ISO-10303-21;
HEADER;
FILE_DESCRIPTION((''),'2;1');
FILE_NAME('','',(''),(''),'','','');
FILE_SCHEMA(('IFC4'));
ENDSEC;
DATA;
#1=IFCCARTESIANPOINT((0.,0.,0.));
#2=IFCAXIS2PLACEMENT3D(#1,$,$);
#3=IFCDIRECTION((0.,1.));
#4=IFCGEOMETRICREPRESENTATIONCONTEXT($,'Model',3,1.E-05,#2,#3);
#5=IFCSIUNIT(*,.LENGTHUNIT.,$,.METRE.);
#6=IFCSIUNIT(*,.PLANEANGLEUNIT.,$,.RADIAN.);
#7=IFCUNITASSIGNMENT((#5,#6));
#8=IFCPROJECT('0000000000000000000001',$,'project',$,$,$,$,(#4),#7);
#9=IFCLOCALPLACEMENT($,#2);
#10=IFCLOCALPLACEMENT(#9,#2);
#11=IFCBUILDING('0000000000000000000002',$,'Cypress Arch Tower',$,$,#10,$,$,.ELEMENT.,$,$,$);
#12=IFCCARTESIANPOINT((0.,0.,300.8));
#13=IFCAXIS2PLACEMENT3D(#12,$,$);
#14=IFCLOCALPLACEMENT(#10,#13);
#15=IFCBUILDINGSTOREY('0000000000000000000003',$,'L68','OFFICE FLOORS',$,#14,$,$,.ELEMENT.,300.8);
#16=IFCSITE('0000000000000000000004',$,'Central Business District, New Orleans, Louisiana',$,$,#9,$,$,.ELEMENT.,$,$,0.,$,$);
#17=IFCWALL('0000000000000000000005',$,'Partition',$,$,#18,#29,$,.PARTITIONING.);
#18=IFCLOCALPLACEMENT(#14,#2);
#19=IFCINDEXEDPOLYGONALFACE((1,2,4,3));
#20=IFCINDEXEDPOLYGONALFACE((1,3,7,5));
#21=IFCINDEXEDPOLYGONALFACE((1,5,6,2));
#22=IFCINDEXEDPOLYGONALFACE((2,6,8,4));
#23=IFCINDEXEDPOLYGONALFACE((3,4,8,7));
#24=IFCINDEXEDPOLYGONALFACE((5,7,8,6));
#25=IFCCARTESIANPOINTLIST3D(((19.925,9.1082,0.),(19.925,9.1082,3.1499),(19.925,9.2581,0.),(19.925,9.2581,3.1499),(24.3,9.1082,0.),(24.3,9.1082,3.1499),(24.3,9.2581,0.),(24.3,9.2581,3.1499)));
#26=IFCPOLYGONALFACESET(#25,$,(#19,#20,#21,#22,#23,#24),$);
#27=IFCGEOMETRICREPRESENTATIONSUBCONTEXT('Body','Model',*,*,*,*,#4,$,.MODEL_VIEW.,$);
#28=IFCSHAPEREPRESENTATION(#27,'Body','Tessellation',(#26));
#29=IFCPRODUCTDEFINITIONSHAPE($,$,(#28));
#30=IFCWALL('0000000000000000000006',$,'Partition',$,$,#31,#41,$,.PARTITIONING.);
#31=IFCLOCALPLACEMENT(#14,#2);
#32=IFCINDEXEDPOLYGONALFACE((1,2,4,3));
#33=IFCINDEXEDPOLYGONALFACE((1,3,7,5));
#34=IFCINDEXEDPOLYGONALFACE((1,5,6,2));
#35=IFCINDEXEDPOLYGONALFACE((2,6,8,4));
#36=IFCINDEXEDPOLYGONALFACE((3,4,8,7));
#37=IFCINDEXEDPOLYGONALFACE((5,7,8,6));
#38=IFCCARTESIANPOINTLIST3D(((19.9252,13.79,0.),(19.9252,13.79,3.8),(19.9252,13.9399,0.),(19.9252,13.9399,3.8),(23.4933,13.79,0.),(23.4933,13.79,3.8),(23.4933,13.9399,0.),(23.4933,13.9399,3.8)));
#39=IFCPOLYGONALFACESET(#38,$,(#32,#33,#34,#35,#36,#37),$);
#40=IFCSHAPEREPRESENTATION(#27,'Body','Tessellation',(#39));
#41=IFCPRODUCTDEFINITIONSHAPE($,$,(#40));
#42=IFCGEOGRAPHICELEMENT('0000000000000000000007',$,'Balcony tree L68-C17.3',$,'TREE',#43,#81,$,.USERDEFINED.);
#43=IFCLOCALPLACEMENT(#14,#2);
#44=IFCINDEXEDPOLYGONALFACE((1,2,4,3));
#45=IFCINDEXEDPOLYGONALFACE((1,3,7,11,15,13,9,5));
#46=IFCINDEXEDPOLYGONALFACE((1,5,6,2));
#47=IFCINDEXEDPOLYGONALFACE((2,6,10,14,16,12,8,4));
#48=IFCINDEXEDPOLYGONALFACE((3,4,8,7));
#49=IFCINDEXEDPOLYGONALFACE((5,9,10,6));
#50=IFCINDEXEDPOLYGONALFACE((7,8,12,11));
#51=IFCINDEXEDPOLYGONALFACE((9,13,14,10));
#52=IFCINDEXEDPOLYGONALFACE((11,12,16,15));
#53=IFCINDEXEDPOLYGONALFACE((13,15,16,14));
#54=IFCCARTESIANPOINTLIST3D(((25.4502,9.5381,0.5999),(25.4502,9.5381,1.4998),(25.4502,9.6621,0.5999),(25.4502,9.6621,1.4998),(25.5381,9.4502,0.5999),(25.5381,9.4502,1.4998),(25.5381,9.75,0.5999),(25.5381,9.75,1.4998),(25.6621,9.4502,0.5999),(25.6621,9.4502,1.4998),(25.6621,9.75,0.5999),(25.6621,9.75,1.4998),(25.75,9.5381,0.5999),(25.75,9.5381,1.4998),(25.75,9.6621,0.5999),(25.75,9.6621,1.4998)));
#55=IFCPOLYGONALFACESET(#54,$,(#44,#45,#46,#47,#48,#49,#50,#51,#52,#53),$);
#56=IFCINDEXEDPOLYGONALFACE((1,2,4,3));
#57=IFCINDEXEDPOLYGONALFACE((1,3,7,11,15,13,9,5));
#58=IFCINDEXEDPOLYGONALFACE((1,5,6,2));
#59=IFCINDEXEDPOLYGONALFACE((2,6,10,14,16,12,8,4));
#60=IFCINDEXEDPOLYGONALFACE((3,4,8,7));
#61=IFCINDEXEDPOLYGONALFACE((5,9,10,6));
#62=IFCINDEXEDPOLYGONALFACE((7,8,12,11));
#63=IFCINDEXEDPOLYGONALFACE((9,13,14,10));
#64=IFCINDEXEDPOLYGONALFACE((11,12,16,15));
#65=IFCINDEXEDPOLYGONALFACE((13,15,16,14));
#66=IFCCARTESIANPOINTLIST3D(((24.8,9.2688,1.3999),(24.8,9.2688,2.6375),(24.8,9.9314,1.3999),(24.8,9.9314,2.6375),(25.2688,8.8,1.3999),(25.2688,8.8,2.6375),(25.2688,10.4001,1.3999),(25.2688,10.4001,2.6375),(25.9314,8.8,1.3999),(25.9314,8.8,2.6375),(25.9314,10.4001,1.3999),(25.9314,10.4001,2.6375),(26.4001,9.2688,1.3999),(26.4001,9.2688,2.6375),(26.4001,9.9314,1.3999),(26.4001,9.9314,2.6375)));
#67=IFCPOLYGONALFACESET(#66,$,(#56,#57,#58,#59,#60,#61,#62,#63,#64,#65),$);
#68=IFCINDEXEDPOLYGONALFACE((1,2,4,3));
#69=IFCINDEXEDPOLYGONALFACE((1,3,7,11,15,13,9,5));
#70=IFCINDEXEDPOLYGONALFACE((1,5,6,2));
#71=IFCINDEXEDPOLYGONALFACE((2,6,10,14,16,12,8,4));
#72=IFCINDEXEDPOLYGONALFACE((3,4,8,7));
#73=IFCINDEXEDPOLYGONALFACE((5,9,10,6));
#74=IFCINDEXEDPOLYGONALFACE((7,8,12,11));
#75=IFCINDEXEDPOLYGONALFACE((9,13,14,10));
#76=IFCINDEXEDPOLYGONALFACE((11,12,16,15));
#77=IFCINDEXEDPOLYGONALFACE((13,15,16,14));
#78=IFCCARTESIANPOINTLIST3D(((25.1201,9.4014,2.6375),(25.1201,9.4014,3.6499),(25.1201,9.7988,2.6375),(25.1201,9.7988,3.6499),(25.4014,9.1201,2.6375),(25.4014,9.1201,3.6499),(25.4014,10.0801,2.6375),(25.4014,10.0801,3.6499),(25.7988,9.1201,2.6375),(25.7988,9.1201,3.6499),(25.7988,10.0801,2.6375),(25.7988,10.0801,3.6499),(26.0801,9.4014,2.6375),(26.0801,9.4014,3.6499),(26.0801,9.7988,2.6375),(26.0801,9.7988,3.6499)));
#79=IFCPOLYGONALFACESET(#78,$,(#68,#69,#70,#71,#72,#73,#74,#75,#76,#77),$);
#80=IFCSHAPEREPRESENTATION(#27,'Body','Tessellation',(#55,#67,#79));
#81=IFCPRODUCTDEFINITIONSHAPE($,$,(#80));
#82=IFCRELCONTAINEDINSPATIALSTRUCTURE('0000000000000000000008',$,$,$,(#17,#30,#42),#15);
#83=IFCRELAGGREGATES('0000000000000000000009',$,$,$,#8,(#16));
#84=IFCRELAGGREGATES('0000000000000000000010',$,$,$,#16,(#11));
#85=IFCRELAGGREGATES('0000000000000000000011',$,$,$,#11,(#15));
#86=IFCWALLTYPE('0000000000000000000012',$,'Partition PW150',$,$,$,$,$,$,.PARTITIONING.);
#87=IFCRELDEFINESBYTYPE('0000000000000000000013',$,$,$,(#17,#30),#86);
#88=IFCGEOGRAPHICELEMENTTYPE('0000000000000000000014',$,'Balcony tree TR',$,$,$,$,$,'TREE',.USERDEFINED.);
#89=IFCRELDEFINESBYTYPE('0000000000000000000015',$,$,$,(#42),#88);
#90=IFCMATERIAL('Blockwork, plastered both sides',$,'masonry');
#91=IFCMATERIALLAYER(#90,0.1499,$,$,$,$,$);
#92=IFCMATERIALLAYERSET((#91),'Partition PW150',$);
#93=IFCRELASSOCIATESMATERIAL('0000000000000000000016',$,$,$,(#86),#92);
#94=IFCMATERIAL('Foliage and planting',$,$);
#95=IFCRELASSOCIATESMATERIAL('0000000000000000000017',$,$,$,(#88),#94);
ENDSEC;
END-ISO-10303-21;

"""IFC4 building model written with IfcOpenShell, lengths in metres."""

from ifc_helpers import new_model, si_unit, direction, frame, frame_2d, origin, place, context, subcontext, project, spatial, polyline, rectangle, outline, extrude, material, layer, layer_set, type_object, element, save


model = new_model("IFC4")

# Units and contexts
model_context = context("Model", 3, precision=1e-05, world=origin(), true_north=direction((0.0, 1.0)))
body_context = subcontext(model_context, "Body", "Model", "MODEL_VIEW")
ifc_project = project(units=[si_unit("LENGTHUNIT", "METRE"), si_unit("PLANEANGLEUNIT", "RADIAN")], contexts=[model_context])

# Site, building, storey
site_placement = place(None, origin())
site = spatial("IfcSite", under=ifc_project, at=site_placement, Name="Central Business District, New Orleans, Louisiana", CompositionType="ELEMENT", RefElevation=0.0)
building_placement = place(site_placement, origin())
building = spatial("IfcBuilding", under=site, at=building_placement, Name="Cypress Arch Tower", CompositionType="ELEMENT")
storey_placement = place(building_placement, frame((0.0, 0.0, 300.8)))
storey = spatial("IfcBuildingStorey", under=building, at=storey_placement, Name="L68", Description="OFFICE FLOORS", CompositionType="ELEMENT", Elevation=300.8)

# Shared definitions
ifc_material_1 = material(Name="Blockwork, plastered both sides", Category="masonry")
ifc_layer_1 = layer(ifc_material_1, 0.1499)
ifc_layer_set_1 = layer_set([ifc_layer_1], Name="Partition PW150")
wall_type_1 = type_object("IfcWallType", Name="Partition PW150", PredefinedType="PARTITIONING", material=ifc_layer_set_1)

# Walls
wall_1_placement = place(storey_placement, frame((19.925, 9.1831, 0.0), z_axis=(0.0, 0.0, 1.0), x_axis=(1.0, 0.0, 0.0)))
element("IfcWall", 1, at=wall_1_placement, inside=storey, type_object=wall_type_1, Name="Partition", PredefinedType="PARTITIONING", context=body_context, shape_type="SweptSolid", body=[
    extrude(rectangle(XDim=4.375, YDim=0.1499, at=frame_2d((2.1875, 0.0))), origin(), (0.0, 0.0, 1.0), 3.1499),
])
wall_2_placement = place(storey_placement, frame((19.925, 13.865, 0.0), z_axis=(0.0, 0.0, 1.0), x_axis=(1.0, 0.0, 0.0)))
element("IfcWall", 2, at=wall_2_placement, inside=storey, type_object=wall_type_1, Name="Partition", PredefinedType="PARTITIONING", context=body_context, shape_type="SweptSolid", body=[
    extrude(rectangle(XDim=3.5681, YDim=0.1499, at=frame_2d((1.7842, 0.0))), origin(), (0.0, 0.0, 1.0), 3.8),
])

# Geographic element
ifc_material_2 = material(Name="Foliage and planting")
geographic_element_type = type_object("IfcGeographicElementType", Name="Balcony tree TR", ElementType="TREE", PredefinedType="USERDEFINED", material=ifc_material_2)
geographic_element_placement = place(storey_placement, frame((25.6001, 9.6001, 0.5999), z_axis=(0.0, 0.0, 1.0), x_axis=(1.0, 0.0, 0.0)))
element("IfcGeographicElement", 3, at=geographic_element_placement, inside=storey, type_object=geographic_element_type, Name="Balcony tree L68-C17.3", ObjectType="TREE", PredefinedType="USERDEFINED", context=body_context, shape_type="SweptSolid", body=[
    extrude(outline(polyline([(0.1499, 0.062), (0.062, 0.1499), (-0.062, 0.1499), (-0.1499, 0.062), (-0.1499, -0.062), (-0.062, -0.1499), (0.062, -0.1499), (0.1499, -0.062), (0.1499, 0.062)])), origin(), (0.0, 0.0, 1.0), 0.8999),
    extrude(outline(polyline([(0.8, 0.3313), (0.3313, 0.8), (-0.3313, 0.8), (-0.8, 0.3313), (-0.8, -0.3313), (-0.3313, -0.8), (0.3313, -0.8), (0.8, -0.3313), (0.8, 0.3313)])), frame((0.0, 0.0, 0.8)), (0.0, 0.0, 1.0), 1.2375),
    extrude(outline(polyline([(0.48, 0.1987), (0.1987, 0.48), (-0.1987, 0.48), (-0.48, 0.1987), (-0.48, -0.1987), (-0.1987, -0.48), (0.1987, -0.48), (0.48, -0.1987), (0.48, 0.1987)])), frame((0.0, 0.0, 2.0376)), (0.0, 0.0, 1.0), 1.0125),
])

save(model, "model.ifc")
